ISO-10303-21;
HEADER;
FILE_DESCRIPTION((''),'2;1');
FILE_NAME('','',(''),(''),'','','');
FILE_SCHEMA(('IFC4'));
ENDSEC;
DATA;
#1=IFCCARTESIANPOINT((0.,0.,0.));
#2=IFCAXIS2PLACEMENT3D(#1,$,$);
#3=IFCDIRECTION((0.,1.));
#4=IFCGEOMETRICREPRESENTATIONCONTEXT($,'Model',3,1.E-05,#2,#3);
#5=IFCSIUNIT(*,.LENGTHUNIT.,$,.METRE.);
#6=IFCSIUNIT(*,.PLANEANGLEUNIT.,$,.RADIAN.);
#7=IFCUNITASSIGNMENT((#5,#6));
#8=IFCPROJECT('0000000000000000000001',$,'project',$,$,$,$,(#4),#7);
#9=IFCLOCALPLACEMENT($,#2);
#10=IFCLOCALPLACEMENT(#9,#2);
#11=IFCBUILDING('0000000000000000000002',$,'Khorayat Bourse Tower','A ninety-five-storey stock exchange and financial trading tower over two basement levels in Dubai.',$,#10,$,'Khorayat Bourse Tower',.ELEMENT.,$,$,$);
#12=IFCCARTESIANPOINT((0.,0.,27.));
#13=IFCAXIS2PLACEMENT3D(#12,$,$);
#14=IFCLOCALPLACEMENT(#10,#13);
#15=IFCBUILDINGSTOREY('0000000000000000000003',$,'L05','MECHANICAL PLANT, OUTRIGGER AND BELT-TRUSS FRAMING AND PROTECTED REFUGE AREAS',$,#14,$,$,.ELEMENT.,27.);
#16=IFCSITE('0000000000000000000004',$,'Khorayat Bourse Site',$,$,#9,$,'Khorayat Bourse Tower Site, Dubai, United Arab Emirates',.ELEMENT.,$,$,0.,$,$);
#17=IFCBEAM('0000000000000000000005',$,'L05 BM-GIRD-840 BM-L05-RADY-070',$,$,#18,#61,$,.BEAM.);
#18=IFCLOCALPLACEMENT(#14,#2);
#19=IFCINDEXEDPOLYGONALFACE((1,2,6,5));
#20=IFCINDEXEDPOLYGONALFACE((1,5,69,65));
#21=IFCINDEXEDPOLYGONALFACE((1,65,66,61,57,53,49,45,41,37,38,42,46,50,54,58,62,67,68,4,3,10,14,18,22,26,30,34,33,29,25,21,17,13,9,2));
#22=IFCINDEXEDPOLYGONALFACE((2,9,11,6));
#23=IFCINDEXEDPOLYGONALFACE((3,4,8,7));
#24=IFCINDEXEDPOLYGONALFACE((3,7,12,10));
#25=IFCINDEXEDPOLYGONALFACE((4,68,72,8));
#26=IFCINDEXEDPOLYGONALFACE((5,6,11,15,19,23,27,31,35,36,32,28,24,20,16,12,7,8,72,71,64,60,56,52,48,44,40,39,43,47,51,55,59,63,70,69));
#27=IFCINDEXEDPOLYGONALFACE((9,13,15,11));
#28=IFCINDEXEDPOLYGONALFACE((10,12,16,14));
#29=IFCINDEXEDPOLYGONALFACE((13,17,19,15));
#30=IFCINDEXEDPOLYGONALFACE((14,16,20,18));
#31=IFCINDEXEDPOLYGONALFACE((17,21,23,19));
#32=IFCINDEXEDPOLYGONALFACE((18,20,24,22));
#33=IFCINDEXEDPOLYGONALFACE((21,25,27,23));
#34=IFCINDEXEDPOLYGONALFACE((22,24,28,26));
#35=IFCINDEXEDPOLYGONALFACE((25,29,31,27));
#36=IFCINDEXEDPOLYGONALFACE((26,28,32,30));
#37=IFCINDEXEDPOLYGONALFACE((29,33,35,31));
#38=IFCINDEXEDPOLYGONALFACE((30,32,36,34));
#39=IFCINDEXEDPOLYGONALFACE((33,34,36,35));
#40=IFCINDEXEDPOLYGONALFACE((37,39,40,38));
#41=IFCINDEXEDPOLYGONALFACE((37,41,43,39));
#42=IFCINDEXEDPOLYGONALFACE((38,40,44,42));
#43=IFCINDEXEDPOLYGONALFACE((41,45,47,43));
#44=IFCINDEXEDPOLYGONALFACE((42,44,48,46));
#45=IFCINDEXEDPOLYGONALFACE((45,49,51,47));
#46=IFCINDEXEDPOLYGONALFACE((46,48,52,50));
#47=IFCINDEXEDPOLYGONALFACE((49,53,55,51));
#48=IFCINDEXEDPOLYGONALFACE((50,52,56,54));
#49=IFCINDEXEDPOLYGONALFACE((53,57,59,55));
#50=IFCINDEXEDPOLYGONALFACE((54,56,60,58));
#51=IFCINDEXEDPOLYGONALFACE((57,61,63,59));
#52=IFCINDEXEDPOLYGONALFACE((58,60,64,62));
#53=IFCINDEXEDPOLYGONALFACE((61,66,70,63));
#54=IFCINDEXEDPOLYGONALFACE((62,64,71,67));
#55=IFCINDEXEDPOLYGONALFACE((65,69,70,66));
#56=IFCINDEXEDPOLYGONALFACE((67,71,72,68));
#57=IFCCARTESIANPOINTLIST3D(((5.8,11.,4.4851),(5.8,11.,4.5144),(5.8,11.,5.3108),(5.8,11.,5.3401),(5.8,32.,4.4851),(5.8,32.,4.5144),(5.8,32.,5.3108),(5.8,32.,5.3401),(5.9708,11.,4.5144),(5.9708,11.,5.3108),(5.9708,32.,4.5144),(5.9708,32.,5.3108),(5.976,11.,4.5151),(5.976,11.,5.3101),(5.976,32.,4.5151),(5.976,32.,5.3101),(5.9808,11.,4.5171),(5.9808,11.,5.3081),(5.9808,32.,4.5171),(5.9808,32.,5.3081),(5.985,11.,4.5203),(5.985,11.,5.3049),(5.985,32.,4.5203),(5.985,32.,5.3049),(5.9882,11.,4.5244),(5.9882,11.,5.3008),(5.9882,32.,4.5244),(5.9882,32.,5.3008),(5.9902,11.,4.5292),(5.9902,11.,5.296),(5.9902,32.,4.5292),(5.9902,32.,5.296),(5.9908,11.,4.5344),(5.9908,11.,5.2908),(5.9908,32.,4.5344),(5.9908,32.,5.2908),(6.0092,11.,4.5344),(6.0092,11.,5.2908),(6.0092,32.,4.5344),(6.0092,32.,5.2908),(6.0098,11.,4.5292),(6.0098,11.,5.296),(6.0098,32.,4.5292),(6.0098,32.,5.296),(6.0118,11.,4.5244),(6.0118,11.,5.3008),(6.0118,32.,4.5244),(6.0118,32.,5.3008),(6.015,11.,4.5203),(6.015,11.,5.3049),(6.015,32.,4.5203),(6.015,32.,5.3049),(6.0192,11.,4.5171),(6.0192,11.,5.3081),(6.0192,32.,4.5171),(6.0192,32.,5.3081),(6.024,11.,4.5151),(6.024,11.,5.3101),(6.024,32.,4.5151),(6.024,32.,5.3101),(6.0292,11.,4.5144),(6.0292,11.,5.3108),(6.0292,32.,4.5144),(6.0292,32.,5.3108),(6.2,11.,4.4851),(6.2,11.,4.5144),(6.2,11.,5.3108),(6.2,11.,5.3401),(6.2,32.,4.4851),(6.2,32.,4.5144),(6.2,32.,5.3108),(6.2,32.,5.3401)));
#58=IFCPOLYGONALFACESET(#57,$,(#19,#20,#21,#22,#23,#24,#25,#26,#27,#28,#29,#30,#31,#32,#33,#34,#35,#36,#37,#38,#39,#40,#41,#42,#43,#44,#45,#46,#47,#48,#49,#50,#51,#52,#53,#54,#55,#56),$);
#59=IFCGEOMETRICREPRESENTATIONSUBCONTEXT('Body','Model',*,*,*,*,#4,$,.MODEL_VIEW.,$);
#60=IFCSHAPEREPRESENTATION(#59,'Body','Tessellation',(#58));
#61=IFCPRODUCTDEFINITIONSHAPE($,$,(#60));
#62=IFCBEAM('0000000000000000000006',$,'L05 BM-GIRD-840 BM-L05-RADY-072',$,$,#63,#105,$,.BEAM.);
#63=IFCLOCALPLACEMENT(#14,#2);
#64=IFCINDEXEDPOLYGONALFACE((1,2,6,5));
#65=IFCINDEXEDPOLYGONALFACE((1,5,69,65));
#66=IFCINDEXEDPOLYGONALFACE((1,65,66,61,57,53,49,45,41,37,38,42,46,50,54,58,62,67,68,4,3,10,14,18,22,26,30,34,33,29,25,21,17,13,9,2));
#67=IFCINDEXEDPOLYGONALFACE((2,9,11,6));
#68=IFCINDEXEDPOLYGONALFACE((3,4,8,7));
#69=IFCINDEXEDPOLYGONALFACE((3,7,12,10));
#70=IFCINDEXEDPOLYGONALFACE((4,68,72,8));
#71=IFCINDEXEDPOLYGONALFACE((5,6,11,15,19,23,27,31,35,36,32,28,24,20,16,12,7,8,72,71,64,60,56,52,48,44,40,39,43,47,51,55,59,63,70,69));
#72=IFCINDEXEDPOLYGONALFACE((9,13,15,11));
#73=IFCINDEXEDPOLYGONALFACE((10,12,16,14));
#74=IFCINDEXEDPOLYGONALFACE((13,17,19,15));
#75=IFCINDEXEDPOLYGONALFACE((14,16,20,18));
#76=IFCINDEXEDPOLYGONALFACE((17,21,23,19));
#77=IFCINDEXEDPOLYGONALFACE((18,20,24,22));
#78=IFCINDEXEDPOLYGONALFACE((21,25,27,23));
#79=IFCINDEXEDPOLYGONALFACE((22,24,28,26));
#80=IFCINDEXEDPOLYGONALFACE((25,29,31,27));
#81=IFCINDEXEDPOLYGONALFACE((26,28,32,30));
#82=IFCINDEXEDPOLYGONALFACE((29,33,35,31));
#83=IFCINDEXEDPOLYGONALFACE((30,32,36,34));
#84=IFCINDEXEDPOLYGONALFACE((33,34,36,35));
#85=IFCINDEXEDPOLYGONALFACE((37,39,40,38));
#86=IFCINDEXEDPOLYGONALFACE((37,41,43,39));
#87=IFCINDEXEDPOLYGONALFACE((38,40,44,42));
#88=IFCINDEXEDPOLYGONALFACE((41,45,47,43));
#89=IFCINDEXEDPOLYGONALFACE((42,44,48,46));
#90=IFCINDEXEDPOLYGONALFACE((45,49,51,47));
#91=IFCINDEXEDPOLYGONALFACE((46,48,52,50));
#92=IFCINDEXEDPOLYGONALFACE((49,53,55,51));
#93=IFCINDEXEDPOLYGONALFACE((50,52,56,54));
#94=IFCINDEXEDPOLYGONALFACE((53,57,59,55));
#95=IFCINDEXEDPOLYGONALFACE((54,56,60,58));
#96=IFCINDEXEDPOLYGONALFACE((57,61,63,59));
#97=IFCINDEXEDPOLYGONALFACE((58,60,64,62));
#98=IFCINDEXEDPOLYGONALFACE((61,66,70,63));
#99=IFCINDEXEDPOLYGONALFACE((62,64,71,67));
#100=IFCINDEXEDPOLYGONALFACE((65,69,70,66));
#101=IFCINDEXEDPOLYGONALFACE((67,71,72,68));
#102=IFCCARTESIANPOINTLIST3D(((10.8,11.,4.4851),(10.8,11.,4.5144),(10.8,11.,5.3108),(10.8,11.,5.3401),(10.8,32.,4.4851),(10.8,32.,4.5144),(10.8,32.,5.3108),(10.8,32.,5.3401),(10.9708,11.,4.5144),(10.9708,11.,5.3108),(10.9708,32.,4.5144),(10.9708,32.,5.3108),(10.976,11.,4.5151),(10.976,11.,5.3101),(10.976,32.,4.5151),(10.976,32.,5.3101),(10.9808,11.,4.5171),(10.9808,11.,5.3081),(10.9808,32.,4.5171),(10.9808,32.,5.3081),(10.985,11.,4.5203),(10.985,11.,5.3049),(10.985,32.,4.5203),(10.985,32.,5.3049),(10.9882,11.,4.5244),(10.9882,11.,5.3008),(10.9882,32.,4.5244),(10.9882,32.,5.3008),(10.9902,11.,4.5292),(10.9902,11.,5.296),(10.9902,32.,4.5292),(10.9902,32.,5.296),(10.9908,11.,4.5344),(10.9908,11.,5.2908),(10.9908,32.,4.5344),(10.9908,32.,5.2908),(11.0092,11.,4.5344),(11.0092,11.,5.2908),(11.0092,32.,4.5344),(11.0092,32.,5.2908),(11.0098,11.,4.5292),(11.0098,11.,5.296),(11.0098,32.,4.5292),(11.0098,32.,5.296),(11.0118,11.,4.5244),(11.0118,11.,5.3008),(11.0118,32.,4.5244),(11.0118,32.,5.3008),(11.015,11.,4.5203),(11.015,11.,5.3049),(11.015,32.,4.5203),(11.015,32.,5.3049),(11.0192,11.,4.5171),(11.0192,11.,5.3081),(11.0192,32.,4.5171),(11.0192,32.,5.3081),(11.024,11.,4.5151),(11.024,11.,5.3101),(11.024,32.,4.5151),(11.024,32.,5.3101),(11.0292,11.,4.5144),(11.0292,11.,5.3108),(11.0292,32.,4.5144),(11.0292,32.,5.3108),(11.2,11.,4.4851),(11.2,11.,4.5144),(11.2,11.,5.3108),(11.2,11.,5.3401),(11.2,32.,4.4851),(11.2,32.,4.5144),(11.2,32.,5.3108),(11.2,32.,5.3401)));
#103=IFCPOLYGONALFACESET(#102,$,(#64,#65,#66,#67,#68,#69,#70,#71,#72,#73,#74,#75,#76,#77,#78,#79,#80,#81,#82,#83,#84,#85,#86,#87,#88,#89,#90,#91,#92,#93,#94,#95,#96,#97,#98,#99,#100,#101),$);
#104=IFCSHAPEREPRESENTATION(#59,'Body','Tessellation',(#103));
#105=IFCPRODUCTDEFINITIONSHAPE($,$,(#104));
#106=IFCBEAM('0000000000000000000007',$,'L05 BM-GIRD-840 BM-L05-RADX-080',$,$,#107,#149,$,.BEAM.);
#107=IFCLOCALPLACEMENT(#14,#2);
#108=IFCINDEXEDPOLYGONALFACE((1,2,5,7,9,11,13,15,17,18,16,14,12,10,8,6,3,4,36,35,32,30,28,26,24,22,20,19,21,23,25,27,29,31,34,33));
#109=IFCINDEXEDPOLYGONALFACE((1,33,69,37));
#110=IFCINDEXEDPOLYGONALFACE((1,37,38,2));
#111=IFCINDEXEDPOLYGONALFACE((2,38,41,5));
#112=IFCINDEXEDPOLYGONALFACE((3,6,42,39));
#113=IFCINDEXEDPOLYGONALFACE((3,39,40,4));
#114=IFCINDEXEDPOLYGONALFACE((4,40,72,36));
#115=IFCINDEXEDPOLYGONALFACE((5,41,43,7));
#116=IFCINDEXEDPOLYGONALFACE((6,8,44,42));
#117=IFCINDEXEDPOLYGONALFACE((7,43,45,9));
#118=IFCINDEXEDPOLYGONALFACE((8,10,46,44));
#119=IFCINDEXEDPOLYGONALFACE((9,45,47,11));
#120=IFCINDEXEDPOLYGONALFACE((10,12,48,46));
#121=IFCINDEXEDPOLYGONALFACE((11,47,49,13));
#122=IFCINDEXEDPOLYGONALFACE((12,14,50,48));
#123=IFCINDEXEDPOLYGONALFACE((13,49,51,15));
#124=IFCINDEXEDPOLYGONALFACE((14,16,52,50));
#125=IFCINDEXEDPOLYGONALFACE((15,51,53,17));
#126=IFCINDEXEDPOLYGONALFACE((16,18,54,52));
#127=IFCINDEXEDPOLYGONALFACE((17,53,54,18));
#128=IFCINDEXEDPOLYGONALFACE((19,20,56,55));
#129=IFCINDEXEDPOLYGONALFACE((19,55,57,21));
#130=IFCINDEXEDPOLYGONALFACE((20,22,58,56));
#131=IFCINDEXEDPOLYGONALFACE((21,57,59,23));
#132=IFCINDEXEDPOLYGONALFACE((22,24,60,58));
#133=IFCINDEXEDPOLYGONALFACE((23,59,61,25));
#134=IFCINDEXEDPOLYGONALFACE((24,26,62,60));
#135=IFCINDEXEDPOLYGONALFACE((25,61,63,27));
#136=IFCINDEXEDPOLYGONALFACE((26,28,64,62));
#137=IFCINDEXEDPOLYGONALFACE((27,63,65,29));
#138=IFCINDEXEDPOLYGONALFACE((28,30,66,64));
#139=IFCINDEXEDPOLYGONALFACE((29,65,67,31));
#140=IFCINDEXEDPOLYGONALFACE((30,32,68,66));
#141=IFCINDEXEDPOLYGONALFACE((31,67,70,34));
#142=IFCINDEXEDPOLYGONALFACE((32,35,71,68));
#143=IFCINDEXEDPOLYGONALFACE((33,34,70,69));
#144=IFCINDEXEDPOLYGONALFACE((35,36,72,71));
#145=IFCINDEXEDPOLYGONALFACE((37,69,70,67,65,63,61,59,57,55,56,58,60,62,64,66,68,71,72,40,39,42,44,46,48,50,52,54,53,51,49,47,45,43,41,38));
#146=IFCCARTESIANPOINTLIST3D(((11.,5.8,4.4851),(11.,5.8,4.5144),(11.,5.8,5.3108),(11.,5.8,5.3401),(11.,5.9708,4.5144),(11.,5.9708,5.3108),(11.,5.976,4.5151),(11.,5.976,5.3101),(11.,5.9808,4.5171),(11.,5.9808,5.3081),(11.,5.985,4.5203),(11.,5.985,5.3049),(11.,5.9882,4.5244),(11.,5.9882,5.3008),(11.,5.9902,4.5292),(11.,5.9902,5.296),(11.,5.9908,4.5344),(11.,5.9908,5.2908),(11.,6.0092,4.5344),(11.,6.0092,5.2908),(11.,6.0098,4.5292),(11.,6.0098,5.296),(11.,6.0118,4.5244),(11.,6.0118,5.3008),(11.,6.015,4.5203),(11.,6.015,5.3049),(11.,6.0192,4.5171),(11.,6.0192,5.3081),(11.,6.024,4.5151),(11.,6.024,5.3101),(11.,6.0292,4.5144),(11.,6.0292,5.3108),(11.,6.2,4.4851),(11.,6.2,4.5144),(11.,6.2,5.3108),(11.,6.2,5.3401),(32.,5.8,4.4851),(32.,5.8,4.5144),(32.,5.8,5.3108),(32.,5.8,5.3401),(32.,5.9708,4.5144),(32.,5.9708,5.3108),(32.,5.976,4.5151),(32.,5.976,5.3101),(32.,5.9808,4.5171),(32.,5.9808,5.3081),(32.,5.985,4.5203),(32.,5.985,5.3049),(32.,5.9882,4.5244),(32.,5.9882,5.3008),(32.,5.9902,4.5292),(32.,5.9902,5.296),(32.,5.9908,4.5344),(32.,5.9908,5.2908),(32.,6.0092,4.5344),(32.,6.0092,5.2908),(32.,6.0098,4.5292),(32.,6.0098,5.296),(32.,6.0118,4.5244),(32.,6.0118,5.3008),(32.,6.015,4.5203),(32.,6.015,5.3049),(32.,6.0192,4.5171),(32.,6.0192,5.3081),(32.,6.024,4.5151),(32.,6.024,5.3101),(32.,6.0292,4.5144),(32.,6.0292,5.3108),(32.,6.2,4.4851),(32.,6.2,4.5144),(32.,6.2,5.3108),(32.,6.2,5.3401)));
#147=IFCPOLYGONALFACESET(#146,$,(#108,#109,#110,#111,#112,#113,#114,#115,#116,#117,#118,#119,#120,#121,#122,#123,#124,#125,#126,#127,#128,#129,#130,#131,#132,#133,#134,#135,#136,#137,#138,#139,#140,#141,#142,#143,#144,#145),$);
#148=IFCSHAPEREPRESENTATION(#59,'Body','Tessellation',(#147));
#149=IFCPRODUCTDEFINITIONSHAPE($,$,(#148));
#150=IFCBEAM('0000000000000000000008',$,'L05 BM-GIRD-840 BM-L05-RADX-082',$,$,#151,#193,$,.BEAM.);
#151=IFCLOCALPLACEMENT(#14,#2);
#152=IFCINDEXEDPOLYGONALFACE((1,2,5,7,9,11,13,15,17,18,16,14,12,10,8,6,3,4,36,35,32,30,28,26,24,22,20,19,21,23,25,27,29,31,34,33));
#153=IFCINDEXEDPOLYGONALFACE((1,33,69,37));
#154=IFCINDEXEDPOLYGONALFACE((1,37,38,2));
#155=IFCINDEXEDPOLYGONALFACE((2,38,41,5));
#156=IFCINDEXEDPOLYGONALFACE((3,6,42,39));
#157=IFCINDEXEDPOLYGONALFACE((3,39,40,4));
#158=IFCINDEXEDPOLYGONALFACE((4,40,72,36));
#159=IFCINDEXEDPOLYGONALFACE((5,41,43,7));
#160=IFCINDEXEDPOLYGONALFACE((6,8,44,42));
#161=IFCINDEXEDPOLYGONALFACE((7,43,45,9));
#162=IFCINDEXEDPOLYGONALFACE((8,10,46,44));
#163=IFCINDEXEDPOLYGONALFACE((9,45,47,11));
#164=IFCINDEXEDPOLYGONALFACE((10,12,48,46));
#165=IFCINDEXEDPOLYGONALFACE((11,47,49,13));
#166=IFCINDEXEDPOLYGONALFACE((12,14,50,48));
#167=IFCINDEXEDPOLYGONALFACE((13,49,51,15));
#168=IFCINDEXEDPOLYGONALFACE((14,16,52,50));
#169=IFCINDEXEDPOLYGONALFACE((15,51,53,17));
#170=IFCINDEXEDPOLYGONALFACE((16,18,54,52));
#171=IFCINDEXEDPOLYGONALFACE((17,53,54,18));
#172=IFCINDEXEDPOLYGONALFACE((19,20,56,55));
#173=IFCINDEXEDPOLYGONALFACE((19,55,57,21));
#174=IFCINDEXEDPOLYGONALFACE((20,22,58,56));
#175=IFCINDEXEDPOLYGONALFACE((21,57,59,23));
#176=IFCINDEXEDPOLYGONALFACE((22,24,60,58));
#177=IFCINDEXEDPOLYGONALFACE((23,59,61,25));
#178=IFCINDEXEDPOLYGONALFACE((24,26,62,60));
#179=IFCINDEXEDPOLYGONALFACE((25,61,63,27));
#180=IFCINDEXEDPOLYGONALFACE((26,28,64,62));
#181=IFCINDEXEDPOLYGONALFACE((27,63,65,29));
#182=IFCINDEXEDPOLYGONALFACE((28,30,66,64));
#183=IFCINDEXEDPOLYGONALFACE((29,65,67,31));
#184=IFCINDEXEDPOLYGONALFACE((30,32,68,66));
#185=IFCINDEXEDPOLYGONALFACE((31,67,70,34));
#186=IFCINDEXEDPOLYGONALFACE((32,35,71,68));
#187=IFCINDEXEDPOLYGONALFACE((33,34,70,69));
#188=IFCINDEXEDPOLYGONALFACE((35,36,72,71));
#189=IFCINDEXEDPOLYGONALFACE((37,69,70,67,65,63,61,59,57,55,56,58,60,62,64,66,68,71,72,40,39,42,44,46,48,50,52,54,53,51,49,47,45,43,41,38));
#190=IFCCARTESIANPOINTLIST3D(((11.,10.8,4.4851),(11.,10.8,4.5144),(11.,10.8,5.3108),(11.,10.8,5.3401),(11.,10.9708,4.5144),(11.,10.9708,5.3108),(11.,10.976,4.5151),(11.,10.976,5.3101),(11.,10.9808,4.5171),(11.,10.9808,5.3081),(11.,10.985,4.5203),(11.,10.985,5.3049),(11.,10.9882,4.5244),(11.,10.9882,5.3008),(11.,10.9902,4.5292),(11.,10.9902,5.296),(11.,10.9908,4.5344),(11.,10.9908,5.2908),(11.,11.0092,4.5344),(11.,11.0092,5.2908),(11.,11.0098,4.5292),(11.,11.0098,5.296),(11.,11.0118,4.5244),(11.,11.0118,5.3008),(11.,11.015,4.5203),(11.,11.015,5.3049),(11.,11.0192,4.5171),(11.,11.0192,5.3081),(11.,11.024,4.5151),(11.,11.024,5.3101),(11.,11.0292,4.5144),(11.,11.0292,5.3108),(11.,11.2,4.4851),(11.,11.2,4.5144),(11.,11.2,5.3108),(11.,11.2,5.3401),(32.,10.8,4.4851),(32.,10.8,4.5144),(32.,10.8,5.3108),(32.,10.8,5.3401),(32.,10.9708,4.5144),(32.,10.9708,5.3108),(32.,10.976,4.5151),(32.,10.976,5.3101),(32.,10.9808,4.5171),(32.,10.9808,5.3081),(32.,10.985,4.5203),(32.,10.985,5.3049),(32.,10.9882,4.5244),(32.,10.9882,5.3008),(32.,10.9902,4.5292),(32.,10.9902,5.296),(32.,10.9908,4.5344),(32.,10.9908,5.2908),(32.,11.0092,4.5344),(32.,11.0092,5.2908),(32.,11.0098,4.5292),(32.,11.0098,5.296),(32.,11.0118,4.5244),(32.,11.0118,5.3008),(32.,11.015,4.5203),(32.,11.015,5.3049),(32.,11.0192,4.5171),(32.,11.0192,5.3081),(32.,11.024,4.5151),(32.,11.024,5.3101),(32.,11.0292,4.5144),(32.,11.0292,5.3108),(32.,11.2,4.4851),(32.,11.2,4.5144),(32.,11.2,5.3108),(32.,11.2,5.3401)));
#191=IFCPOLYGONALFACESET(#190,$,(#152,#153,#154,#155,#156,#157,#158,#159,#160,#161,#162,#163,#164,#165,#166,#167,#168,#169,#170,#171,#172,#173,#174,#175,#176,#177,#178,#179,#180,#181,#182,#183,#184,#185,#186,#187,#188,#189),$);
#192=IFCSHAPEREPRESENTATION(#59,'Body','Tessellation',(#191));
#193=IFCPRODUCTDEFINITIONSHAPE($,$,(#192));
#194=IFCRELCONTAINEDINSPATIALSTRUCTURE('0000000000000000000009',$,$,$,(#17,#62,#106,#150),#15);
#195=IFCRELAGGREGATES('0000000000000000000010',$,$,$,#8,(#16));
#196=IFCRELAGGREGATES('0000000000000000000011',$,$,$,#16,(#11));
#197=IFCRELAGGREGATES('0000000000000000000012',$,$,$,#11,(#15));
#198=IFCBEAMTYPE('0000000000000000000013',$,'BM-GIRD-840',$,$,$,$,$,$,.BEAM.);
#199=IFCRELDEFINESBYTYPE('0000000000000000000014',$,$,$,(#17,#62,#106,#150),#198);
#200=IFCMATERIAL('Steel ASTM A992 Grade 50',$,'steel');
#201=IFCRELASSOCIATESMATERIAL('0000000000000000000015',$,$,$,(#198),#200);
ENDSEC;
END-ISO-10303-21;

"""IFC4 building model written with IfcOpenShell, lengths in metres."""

from ifc_helpers import new_model, si_unit, direction, frame, origin, origin_2d, place, context, subcontext, project, spatial, i_section, extrude, source, transform, mapped, material, material_profile, profile_set, type_object, element, save


model = new_model("IFC4")

# Units and contexts
model_context = context("Model", 3, precision=1e-05, world=origin(), true_north=direction((0.0, 1.0)))
body_context = subcontext(model_context, "Body", "Model", "MODEL_VIEW")
ifc_project = project(units=[si_unit("LENGTHUNIT", "METRE"), si_unit("PLANEANGLEUNIT", "RADIAN")], contexts=[model_context])

# Site, building, storey
site_placement = place(None, origin())
site = spatial("IfcSite", under=ifc_project, at=site_placement, Name="Khorayat Bourse Site", LongName="Khorayat Bourse Tower Site, Dubai, United Arab Emirates", CompositionType="ELEMENT", RefElevation=0.0)
building_placement = place(site_placement, origin())
building = spatial("IfcBuilding", under=site, at=building_placement, Name="Khorayat Bourse Tower", Description="A ninety-five-storey stock exchange and financial trading tower over two basement levels in Dubai.", LongName="Khorayat Bourse Tower", CompositionType="ELEMENT")
storey_placement = place(building_placement, frame((0.0, 0.0, 27.0)))
storey = spatial("IfcBuildingStorey", under=building, at=storey_placement, Name="L05", Description="MECHANICAL PLANT, OUTRIGGER AND BELT-TRUSS FRAMING AND PROTECTED REFUGE AREAS", CompositionType="ELEMENT", Elevation=27.0)

# Beams
ifc_material_1 = material(Name="Steel ASTM A992 Grade 50", Category="steel")
ifc_material_profile_1 = material_profile(ifc_material_1, i_section(OverallWidth=0.3999, OverallDepth=0.855, WebThickness=0.0183, FlangeThickness=0.0293, FilletRadius=0.02, at=origin_2d()), Name="W840X299")
ifc_profile_set_1 = profile_set([ifc_material_profile_1], Name="Steel ASTM A992 Grade 50")
beam_type_1 = type_object("IfcBeamType", Name="BM-GIRD-840", PredefinedType="BEAM", material=ifc_profile_set_1)
shared_shape_1 = source(origin(), body_context, "Body", "SweptSolid", [
    extrude(i_section(OverallWidth=0.3999, OverallDepth=0.855, WebThickness=0.0183, FlangeThickness=0.0293, FilletRadius=0.02, at=origin_2d()), origin(), (0.0, 0.0, 1.0), 21.0),
])
for number, where, z_axis, x_axis, name in (
    (1, (6.0, 11.0, 4.9126), (0.0, 1.0, 0.0), (-1.0, 0.0, 0.0), "L05 BM-GIRD-840 BM-L05-RADY-070"),
    (2, (11.0, 11.0, 4.9126), (0.0, 1.0, 0.0), (-1.0, 0.0, 0.0), "L05 BM-GIRD-840 BM-L05-RADY-072"),
    (3, (11.0, 6.0, 4.9126), (1.0, 0.0, 0.0), (0.0, 1.0, 0.0), "L05 BM-GIRD-840 BM-L05-RADX-080"),
    (4, (11.0, 11.0, 4.9126), (1.0, 0.0, 0.0), (0.0, 1.0, 0.0), "L05 BM-GIRD-840 BM-L05-RADX-082"),
):
    element("IfcBeam", number, at=place(storey_placement, frame(where, z_axis=z_axis, x_axis=x_axis)), inside=storey, type_object=beam_type_1, Name=name, PredefinedType="BEAM", context=body_context, shape_type="MappedRepresentation", body=[
        mapped(shared_shape_1, transform((0.0, 0.0, 0.0), scale=1.0)),
    ])

save(model, "model.ifc")
